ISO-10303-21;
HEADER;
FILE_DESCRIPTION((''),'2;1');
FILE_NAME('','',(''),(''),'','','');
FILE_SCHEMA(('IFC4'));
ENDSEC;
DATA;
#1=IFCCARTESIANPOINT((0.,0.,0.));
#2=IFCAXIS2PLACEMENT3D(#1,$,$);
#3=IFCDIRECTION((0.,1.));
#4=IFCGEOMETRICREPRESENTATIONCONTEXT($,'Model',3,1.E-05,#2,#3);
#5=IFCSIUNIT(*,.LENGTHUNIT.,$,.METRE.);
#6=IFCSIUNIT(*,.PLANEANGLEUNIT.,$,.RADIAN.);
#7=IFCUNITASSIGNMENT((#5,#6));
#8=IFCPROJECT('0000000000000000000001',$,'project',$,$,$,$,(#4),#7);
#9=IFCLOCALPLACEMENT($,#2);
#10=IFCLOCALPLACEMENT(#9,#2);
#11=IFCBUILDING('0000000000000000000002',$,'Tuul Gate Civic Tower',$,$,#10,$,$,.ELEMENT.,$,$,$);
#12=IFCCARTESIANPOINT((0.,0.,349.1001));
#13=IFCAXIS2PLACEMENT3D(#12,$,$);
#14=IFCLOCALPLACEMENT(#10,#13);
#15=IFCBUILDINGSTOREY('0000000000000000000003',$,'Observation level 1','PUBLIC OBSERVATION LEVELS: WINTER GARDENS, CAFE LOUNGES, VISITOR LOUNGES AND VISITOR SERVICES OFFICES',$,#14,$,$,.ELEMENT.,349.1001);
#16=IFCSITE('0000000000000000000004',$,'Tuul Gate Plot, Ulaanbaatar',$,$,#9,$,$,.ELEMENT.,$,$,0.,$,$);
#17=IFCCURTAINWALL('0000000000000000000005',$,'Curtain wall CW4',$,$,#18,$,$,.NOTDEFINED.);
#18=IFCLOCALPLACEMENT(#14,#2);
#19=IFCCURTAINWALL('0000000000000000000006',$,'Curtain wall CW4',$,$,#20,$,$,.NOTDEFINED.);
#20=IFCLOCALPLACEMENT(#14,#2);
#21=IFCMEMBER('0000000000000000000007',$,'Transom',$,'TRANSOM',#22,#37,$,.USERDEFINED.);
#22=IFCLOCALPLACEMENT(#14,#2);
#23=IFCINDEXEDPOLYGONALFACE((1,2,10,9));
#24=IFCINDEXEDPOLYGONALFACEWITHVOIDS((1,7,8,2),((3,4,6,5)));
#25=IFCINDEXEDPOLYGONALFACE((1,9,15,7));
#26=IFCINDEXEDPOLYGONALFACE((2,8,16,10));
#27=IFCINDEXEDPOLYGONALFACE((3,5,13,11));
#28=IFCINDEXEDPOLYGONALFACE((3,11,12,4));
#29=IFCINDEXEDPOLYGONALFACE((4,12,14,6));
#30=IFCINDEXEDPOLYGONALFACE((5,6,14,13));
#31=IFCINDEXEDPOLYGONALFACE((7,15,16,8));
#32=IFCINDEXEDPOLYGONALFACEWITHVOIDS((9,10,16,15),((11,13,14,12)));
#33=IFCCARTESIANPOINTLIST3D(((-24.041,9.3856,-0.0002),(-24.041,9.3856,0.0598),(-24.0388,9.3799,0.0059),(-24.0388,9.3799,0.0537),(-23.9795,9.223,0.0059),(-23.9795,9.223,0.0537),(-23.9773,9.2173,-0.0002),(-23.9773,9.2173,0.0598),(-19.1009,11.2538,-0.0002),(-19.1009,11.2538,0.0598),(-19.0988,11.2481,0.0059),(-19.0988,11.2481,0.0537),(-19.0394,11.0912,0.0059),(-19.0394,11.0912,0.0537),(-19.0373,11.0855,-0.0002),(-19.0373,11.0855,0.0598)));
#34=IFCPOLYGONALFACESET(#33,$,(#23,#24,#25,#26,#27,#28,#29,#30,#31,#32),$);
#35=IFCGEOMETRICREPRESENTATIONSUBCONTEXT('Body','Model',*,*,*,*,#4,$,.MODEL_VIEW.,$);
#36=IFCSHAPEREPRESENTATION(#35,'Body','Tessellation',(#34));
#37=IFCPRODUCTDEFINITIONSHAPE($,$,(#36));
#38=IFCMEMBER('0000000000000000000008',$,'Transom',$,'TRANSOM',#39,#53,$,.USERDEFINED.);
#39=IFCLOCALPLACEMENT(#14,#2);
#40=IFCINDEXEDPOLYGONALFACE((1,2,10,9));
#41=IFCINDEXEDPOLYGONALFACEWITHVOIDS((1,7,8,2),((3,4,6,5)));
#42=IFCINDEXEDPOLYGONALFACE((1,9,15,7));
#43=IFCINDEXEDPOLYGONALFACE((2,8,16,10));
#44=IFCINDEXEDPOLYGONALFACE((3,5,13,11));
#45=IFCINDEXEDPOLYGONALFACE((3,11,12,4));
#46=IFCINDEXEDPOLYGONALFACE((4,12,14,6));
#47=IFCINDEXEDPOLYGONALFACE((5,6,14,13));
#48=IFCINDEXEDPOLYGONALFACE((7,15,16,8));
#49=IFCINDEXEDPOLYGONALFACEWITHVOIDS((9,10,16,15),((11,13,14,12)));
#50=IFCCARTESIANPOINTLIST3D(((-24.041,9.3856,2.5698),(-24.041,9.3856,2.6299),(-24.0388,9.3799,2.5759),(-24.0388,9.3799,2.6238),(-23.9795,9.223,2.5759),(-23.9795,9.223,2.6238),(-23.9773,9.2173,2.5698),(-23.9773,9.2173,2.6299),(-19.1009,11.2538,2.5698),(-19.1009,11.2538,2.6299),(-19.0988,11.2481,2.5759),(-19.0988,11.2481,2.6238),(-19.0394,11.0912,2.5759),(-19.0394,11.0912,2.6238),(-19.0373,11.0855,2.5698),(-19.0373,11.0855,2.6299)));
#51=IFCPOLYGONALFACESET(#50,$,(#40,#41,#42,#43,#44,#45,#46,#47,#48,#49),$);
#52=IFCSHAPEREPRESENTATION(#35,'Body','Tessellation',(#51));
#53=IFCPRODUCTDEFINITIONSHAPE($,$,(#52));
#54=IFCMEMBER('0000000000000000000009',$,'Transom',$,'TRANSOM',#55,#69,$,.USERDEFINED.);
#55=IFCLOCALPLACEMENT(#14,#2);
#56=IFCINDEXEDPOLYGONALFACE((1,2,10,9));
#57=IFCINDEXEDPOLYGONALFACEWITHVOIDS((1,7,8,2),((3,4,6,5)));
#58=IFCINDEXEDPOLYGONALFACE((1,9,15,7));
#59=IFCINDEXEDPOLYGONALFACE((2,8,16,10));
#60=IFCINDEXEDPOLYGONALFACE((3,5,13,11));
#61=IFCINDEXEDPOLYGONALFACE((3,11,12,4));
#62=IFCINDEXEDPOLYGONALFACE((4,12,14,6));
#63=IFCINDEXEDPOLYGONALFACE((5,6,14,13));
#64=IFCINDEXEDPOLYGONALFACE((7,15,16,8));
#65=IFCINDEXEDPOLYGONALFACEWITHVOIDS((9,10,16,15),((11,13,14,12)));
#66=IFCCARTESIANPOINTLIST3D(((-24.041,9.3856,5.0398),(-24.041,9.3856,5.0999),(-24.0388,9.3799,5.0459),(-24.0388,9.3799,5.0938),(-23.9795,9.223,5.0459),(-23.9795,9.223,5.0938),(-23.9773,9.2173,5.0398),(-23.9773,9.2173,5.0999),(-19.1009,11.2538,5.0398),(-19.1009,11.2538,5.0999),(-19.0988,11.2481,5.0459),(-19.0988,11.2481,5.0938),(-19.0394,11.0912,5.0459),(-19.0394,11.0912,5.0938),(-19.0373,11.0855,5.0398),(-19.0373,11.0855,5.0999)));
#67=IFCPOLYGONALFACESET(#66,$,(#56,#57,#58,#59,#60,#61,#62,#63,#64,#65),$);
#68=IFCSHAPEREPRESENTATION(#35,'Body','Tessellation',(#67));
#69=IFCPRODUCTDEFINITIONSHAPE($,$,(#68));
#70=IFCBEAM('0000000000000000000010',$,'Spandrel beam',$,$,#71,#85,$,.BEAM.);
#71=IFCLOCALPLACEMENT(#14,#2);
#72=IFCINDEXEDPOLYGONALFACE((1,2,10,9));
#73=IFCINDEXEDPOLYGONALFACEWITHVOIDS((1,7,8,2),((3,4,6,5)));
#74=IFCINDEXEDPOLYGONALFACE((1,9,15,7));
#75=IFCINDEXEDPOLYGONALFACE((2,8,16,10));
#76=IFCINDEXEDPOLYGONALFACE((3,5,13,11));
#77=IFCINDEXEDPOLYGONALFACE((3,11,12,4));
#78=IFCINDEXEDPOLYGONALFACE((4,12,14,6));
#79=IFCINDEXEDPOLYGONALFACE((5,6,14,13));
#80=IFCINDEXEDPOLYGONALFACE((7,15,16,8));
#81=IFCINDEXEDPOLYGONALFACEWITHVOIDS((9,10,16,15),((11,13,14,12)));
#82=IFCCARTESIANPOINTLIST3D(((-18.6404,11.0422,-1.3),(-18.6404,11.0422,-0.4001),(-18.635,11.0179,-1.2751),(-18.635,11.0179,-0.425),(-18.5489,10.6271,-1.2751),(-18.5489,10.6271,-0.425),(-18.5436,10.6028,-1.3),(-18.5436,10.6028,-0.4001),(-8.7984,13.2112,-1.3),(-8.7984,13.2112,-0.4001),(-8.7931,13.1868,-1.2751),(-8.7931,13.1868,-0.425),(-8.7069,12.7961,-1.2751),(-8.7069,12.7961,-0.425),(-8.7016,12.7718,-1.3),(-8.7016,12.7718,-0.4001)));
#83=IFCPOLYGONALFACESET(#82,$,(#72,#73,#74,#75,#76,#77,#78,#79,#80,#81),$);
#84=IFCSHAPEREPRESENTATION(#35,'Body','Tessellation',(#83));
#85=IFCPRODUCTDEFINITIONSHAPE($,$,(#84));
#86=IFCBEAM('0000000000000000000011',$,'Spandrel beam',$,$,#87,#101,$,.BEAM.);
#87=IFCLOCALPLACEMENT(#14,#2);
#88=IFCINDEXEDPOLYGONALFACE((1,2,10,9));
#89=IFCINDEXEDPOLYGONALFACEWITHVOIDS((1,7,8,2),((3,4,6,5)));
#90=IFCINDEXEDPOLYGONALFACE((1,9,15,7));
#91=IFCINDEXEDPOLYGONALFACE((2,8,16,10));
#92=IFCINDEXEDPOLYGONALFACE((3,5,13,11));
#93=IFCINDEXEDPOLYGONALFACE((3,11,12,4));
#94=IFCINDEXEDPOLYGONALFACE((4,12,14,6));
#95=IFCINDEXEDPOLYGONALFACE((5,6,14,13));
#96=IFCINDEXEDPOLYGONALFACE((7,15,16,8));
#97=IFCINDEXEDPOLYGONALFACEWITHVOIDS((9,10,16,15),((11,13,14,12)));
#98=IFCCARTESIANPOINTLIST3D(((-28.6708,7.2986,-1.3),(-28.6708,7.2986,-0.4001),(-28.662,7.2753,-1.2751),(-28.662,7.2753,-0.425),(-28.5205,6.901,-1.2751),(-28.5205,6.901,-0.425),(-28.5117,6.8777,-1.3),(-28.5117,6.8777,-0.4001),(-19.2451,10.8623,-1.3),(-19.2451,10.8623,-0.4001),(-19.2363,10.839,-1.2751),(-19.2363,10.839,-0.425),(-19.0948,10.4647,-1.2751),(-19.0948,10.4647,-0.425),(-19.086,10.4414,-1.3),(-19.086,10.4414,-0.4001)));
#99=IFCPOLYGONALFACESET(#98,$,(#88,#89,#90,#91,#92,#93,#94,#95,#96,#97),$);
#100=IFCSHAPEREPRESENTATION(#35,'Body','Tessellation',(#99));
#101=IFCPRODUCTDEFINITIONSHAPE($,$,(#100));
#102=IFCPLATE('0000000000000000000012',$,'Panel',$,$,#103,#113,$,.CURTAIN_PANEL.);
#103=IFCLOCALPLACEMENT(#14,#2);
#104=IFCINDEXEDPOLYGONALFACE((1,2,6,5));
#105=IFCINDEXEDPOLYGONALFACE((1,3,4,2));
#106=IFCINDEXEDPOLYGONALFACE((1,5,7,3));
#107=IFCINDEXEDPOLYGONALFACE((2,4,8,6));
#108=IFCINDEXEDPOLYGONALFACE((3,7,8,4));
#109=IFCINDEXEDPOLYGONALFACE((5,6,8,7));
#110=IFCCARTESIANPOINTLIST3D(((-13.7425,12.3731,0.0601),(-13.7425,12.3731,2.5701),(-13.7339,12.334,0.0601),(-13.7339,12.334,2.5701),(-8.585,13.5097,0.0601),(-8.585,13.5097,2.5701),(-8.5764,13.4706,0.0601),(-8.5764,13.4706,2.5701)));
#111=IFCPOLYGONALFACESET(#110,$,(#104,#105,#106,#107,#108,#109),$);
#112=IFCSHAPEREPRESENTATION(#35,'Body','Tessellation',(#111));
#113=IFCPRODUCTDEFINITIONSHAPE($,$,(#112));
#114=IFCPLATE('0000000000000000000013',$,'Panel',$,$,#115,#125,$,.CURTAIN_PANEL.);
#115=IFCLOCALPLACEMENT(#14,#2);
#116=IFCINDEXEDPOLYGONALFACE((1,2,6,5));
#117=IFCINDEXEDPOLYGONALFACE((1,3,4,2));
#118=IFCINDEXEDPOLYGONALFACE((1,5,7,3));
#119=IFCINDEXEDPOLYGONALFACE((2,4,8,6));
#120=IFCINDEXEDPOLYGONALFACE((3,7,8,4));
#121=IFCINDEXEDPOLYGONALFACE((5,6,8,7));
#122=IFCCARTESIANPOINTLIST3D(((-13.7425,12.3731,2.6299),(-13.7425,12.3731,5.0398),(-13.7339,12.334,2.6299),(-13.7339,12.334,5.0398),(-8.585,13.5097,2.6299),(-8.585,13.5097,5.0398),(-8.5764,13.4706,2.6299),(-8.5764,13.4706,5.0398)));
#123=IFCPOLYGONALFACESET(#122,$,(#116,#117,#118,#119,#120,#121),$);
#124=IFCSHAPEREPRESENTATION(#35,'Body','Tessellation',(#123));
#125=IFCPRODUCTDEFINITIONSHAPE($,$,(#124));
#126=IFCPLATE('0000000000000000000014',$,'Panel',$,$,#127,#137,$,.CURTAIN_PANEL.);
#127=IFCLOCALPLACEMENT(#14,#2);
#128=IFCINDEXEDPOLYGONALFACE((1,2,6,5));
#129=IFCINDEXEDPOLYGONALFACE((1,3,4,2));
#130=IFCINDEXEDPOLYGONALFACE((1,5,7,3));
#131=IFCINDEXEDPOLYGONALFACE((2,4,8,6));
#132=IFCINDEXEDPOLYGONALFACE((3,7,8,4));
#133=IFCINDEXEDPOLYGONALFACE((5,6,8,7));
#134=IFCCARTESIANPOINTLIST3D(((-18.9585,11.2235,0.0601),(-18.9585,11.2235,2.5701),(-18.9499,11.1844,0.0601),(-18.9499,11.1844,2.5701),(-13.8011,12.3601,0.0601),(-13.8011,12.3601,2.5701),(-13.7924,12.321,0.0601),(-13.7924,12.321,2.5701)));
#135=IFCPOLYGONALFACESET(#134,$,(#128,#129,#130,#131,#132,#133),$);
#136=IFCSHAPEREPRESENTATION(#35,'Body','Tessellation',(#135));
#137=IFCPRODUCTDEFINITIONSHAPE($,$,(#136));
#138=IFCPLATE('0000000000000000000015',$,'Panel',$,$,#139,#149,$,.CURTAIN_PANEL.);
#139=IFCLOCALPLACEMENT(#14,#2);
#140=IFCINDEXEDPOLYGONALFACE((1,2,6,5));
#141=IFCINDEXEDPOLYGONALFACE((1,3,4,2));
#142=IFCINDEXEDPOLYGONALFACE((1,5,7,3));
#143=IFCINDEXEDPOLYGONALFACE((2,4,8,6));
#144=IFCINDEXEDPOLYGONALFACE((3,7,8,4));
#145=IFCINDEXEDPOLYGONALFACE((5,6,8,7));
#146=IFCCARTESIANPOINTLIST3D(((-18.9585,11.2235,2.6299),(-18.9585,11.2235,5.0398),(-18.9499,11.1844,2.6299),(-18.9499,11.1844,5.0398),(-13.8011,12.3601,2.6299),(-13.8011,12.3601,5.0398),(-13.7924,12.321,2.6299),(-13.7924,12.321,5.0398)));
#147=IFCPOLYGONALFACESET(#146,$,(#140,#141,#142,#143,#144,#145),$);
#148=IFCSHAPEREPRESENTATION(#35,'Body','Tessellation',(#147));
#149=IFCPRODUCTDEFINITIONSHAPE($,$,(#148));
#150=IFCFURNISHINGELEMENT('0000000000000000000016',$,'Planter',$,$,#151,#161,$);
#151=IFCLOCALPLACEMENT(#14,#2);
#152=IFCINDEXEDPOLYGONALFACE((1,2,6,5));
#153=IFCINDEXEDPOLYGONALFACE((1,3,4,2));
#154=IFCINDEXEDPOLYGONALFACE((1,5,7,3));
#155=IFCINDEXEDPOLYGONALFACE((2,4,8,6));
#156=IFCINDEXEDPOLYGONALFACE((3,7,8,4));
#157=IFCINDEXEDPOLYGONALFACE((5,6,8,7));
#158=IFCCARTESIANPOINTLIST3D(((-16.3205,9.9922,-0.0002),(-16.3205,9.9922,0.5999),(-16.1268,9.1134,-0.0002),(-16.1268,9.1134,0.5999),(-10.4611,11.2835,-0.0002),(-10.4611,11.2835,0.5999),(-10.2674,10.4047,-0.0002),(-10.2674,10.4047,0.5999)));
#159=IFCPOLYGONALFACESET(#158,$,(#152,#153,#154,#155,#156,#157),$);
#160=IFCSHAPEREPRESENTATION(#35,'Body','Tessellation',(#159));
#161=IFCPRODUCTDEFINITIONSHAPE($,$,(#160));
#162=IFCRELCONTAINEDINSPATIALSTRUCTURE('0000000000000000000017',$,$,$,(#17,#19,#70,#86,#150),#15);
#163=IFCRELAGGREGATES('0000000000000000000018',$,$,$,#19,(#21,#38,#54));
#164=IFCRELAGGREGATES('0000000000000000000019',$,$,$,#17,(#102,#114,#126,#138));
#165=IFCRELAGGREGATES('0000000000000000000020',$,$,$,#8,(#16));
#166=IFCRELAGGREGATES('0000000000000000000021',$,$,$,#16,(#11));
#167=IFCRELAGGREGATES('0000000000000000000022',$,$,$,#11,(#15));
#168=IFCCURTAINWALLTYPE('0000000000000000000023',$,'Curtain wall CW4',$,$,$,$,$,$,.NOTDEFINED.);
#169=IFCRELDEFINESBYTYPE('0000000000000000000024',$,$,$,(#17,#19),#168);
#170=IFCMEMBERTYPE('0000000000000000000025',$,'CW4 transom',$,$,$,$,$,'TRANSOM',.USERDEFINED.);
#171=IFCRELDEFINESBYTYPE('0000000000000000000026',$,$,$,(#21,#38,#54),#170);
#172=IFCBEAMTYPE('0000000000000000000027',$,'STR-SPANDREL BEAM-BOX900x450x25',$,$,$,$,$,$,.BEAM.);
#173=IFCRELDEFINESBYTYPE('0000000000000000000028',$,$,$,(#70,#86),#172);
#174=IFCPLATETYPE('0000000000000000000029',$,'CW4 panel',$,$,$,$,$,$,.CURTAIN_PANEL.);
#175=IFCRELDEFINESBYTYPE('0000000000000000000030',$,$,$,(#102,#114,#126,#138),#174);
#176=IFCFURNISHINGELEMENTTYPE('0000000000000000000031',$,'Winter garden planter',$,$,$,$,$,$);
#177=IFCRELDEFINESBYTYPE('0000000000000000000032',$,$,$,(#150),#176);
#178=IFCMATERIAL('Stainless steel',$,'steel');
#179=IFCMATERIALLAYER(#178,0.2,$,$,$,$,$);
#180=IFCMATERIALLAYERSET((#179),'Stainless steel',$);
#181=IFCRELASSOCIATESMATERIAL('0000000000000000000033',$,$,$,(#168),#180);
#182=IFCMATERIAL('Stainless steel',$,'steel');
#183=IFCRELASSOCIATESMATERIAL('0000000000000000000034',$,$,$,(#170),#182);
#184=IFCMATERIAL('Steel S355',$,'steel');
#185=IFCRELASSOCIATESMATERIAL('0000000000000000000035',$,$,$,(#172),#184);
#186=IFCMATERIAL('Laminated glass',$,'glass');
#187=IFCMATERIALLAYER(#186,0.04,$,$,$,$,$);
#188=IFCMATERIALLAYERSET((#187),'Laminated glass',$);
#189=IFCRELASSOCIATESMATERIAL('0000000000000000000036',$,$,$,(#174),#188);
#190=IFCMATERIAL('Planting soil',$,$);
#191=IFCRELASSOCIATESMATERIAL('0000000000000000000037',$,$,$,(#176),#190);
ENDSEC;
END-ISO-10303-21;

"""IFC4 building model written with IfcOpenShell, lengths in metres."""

from ifc_helpers import new_model, si_unit, direction, frame, origin, origin_2d, place, context, subcontext, project, spatial, rectangle, hollow_rectangle, extrude, material, layer, layer_set, material_profile, profile_set, type_object, element, aggregate, save


model = new_model("IFC4")

# Units and contexts
model_context = context("Model", 3, precision=1e-05, world=origin(), true_north=direction((0.0, 1.0)))
body_context = subcontext(model_context, "Body", "Model", "MODEL_VIEW")
ifc_project = project(units=[si_unit("LENGTHUNIT", "METRE"), si_unit("PLANEANGLEUNIT", "RADIAN")], contexts=[model_context])

# Site, building, storey
site_placement = place(None, origin())
site = spatial("IfcSite", under=ifc_project, at=site_placement, Name="Tuul Gate Plot, Ulaanbaatar", CompositionType="ELEMENT", RefElevation=0.0)
building_placement = place(site_placement, origin())
building = spatial("IfcBuilding", under=site, at=building_placement, Name="Tuul Gate Civic Tower", CompositionType="ELEMENT")
storey_placement = place(building_placement, frame((0.0, 0.0, 349.1001)))
storey = spatial("IfcBuildingStorey", under=building, at=storey_placement, Name="Observation level 1", Description="PUBLIC OBSERVATION LEVELS: WINTER GARDENS, CAFE LOUNGES, VISITOR LOUNGES AND VISITOR SERVICES OFFICES", CompositionType="ELEMENT", Elevation=349.1001)

# Curtain wall
ifc_material_1 = material(Name="Stainless steel", Category="steel")
ifc_layer_1 = layer(ifc_material_1, 0.2)
ifc_layer_set_1 = layer_set([ifc_layer_1], Name="Stainless steel")
curtain_wall_type = type_object("IfcCurtainWallType", Name="Curtain wall CW4", PredefinedType="NOTDEFINED", material=ifc_layer_set_1)
curtain_wall_1_placement = place(storey_placement, origin())
curtain_wall_1 = element("IfcCurtainWall", 1, at=curtain_wall_1_placement, inside=storey, type_object=curtain_wall_type, Name="Curtain wall CW4", PredefinedType="NOTDEFINED")

# Curtain wall
curtain_wall_2_placement = place(storey_placement, origin())
curtain_wall_2 = element("IfcCurtainWall", 2, at=curtain_wall_2_placement, inside=storey, type_object=curtain_wall_type, Name="Curtain wall CW4", PredefinedType="NOTDEFINED")

# Members
ifc_material_2 = material(Name="Stainless steel", Category="steel")
ifc_material_profile_1 = material_profile(ifc_material_2, hollow_rectangle(XDim=0.1799, YDim=0.0601, WallThickness=0.0061, at=origin_2d()), Name="CW4 transom")
ifc_profile_set_1 = profile_set([ifc_material_profile_1], Name="Stainless steel")
member_type_1 = type_object("IfcMemberType", Name="CW4 transom", ElementType="TRANSOM", PredefinedType="USERDEFINED", material=ifc_profile_set_1)
member_1_placement = place(storey_placement, frame((-19.0691, 11.1697, 0.0298), z_axis=(-0.935349, -0.353726, 0.0), x_axis=(0.353726, -0.935349, 0.0)))
member_1 = element("IfcMember", 3, at=member_1_placement, type_object=member_type_1, Name="Transom", ObjectType="TRANSOM", PredefinedType="USERDEFINED", context=body_context, shape_type="SweptSolid", body=[
    extrude(hollow_rectangle(XDim=0.1799, YDim=0.0601, WallThickness=0.0061, at=origin_2d()), origin(), (0.0, 0.0, 1.0), 5.2815),
])
member_2_placement = place(storey_placement, frame((-19.0691, 11.1697, 2.5999), z_axis=(-0.935349, -0.353726, 0.0), x_axis=(0.353726, -0.935349, 0.0)))
member_2 = element("IfcMember", 4, at=member_2_placement, type_object=member_type_1, Name="Transom", ObjectType="TRANSOM", PredefinedType="USERDEFINED", context=body_context, shape_type="SweptSolid", body=[
    extrude(hollow_rectangle(XDim=0.1799, YDim=0.0601, WallThickness=0.0061, at=origin_2d()), origin(), (0.0, 0.0, 1.0), 5.2815),
])
member_3_placement = place(storey_placement, frame((-19.0691, 11.1697, 5.0698), z_axis=(-0.935349, -0.353726, 0.0), x_axis=(0.353726, -0.935349, 0.0)))
member_3 = element("IfcMember", 5, at=member_3_placement, type_object=member_type_1, Name="Transom", ObjectType="TRANSOM", PredefinedType="USERDEFINED", context=body_context, shape_type="SweptSolid", body=[
    extrude(hollow_rectangle(XDim=0.1799, YDim=0.0601, WallThickness=0.0061, at=origin_2d()), origin(), (0.0, 0.0, 1.0), 5.2815),
])
aggregate(curtain_wall_2, [member_1, member_2, member_3])

# Beams
ifc_material_3 = material(Name="Steel S355", Category="steel")
ifc_material_profile_2 = material_profile(ifc_material_3, hollow_rectangle(XDim=0.45, YDim=0.8999, WallThickness=0.0249, at=origin_2d()), Name="BOX900x450x25")
ifc_profile_set_2 = profile_set([ifc_material_profile_2], Name="Steel S355")
beam_type = type_object("IfcBeamType", Name="STR-SPANDREL BEAM-BOX900x450x25", PredefinedType="BEAM", material=ifc_profile_set_2)
beam_1_placement = place(storey_placement, frame((-8.75, 12.9915, -0.8501), z_axis=(-0.976567, -0.215212, 0.0), x_axis=(0.215212, -0.976567, 0.0)))
element("IfcBeam", 6, at=beam_1_placement, inside=storey, type_object=beam_type, Name="Spandrel beam", PredefinedType="BEAM", context=body_context, shape_type="SweptSolid", body=[
    extrude(hollow_rectangle(XDim=0.45, YDim=0.8999, WallThickness=0.0249, at=origin_2d()), origin(), (0.0, 0.0, 1.0), 10.0781),
])
beam_2_placement = place(storey_placement, frame((-19.1655, 10.6519, -0.8501), z_axis=(-0.935378, -0.35365, 0.0), x_axis=(0.35365, -0.935378, 0.0)))
element("IfcBeam", 7, at=beam_2_placement, inside=storey, type_object=beam_type, Name="Spandrel beam", PredefinedType="BEAM", context=body_context, shape_type="SweptSolid", body=[
    extrude(hollow_rectangle(XDim=0.45, YDim=0.8999, WallThickness=0.0249, at=origin_2d()), origin(), (0.0, 0.0, 1.0), 10.0769),
])

# Plates
ifc_material_4 = material(Name="Laminated glass", Category="glass")
ifc_layer_2 = layer(ifc_material_4, 0.04)
ifc_layer_set_2 = layer_set([ifc_layer_2], Name="Laminated glass")
plate_type = type_object("IfcPlateType", Name="CW4 panel", PredefinedType="CURTAIN_PANEL", material=ifc_layer_set_2)
plate_1_placement = place(storey_placement, frame((-11.1594, 12.9219, 0.0601), z_axis=(0.0, 0.0, 1.0), x_axis=(-0.976567, -0.215215, 0.0)))
plate_1 = element("IfcPlate", 8, at=plate_1_placement, type_object=plate_type, Name="Panel", PredefinedType="CURTAIN_PANEL", context=body_context, shape_type="SweptSolid", body=[
    extrude(rectangle(XDim=5.2812, YDim=0.04, at=origin_2d()), origin(), (0.0, 0.0, 1.0), 2.51),
])
plate_2_placement = place(storey_placement, frame((-11.1594, 12.9219, 2.6299), z_axis=(0.0, 0.0, 1.0), x_axis=(-0.976567, -0.215215, 0.0)))
plate_2 = element("IfcPlate", 9, at=plate_2_placement, type_object=plate_type, Name="Panel", PredefinedType="CURTAIN_PANEL", context=body_context, shape_type="SweptSolid", body=[
    extrude(rectangle(XDim=5.2812, YDim=0.04, at=origin_2d()), origin(), (0.0, 0.0, 1.0), 2.4099),
])
plate_3_placement = place(storey_placement, frame((-16.3755, 11.7722, 0.0601), z_axis=(0.0, 0.0, 1.0), x_axis=(-0.976567, -0.215215, 0.0)))
plate_3 = element("IfcPlate", 10, at=plate_3_placement, type_object=plate_type, Name="Panel", PredefinedType="CURTAIN_PANEL", context=body_context, shape_type="SweptSolid", body=[
    extrude(rectangle(XDim=5.2812, YDim=0.04, at=origin_2d()), origin(), (0.0, 0.0, 1.0), 2.51),
])
plate_4_placement = place(storey_placement, frame((-16.3755, 11.7722, 2.6299), z_axis=(0.0, 0.0, 1.0), x_axis=(-0.976567, -0.215215, 0.0)))
plate_4 = element("IfcPlate", 11, at=plate_4_placement, type_object=plate_type, Name="Panel", PredefinedType="CURTAIN_PANEL", context=body_context, shape_type="SweptSolid", body=[
    extrude(rectangle(XDim=5.2812, YDim=0.04, at=origin_2d()), origin(), (0.0, 0.0, 1.0), 2.4099),
])
aggregate(curtain_wall_1, [plate_1, plate_2, plate_3, plate_4])

# Furnishing element
ifc_material_5 = material(Name="Planting soil")
furnishing_element_type = type_object("IfcFurnishingElementType", Name="Winter garden planter", material=ifc_material_5)
furnishing_placement = place(storey_placement, frame((-13.2939, 10.1985, -0.0002), z_axis=(0.0, 0.0, 1.0), x_axis=(-0.976567, -0.215215, 0.0)))
element("IfcFurnishingElement", 12, at=furnishing_placement, inside=storey, type_object=furnishing_element_type, Name="Planter", context=body_context, shape_type="SweptSolid", body=[
    extrude(rectangle(XDim=6.0, YDim=0.8999, at=origin_2d()), origin(), (0.0, 0.0, 1.0), 0.6001),
])

save(model, "model.ifc")
